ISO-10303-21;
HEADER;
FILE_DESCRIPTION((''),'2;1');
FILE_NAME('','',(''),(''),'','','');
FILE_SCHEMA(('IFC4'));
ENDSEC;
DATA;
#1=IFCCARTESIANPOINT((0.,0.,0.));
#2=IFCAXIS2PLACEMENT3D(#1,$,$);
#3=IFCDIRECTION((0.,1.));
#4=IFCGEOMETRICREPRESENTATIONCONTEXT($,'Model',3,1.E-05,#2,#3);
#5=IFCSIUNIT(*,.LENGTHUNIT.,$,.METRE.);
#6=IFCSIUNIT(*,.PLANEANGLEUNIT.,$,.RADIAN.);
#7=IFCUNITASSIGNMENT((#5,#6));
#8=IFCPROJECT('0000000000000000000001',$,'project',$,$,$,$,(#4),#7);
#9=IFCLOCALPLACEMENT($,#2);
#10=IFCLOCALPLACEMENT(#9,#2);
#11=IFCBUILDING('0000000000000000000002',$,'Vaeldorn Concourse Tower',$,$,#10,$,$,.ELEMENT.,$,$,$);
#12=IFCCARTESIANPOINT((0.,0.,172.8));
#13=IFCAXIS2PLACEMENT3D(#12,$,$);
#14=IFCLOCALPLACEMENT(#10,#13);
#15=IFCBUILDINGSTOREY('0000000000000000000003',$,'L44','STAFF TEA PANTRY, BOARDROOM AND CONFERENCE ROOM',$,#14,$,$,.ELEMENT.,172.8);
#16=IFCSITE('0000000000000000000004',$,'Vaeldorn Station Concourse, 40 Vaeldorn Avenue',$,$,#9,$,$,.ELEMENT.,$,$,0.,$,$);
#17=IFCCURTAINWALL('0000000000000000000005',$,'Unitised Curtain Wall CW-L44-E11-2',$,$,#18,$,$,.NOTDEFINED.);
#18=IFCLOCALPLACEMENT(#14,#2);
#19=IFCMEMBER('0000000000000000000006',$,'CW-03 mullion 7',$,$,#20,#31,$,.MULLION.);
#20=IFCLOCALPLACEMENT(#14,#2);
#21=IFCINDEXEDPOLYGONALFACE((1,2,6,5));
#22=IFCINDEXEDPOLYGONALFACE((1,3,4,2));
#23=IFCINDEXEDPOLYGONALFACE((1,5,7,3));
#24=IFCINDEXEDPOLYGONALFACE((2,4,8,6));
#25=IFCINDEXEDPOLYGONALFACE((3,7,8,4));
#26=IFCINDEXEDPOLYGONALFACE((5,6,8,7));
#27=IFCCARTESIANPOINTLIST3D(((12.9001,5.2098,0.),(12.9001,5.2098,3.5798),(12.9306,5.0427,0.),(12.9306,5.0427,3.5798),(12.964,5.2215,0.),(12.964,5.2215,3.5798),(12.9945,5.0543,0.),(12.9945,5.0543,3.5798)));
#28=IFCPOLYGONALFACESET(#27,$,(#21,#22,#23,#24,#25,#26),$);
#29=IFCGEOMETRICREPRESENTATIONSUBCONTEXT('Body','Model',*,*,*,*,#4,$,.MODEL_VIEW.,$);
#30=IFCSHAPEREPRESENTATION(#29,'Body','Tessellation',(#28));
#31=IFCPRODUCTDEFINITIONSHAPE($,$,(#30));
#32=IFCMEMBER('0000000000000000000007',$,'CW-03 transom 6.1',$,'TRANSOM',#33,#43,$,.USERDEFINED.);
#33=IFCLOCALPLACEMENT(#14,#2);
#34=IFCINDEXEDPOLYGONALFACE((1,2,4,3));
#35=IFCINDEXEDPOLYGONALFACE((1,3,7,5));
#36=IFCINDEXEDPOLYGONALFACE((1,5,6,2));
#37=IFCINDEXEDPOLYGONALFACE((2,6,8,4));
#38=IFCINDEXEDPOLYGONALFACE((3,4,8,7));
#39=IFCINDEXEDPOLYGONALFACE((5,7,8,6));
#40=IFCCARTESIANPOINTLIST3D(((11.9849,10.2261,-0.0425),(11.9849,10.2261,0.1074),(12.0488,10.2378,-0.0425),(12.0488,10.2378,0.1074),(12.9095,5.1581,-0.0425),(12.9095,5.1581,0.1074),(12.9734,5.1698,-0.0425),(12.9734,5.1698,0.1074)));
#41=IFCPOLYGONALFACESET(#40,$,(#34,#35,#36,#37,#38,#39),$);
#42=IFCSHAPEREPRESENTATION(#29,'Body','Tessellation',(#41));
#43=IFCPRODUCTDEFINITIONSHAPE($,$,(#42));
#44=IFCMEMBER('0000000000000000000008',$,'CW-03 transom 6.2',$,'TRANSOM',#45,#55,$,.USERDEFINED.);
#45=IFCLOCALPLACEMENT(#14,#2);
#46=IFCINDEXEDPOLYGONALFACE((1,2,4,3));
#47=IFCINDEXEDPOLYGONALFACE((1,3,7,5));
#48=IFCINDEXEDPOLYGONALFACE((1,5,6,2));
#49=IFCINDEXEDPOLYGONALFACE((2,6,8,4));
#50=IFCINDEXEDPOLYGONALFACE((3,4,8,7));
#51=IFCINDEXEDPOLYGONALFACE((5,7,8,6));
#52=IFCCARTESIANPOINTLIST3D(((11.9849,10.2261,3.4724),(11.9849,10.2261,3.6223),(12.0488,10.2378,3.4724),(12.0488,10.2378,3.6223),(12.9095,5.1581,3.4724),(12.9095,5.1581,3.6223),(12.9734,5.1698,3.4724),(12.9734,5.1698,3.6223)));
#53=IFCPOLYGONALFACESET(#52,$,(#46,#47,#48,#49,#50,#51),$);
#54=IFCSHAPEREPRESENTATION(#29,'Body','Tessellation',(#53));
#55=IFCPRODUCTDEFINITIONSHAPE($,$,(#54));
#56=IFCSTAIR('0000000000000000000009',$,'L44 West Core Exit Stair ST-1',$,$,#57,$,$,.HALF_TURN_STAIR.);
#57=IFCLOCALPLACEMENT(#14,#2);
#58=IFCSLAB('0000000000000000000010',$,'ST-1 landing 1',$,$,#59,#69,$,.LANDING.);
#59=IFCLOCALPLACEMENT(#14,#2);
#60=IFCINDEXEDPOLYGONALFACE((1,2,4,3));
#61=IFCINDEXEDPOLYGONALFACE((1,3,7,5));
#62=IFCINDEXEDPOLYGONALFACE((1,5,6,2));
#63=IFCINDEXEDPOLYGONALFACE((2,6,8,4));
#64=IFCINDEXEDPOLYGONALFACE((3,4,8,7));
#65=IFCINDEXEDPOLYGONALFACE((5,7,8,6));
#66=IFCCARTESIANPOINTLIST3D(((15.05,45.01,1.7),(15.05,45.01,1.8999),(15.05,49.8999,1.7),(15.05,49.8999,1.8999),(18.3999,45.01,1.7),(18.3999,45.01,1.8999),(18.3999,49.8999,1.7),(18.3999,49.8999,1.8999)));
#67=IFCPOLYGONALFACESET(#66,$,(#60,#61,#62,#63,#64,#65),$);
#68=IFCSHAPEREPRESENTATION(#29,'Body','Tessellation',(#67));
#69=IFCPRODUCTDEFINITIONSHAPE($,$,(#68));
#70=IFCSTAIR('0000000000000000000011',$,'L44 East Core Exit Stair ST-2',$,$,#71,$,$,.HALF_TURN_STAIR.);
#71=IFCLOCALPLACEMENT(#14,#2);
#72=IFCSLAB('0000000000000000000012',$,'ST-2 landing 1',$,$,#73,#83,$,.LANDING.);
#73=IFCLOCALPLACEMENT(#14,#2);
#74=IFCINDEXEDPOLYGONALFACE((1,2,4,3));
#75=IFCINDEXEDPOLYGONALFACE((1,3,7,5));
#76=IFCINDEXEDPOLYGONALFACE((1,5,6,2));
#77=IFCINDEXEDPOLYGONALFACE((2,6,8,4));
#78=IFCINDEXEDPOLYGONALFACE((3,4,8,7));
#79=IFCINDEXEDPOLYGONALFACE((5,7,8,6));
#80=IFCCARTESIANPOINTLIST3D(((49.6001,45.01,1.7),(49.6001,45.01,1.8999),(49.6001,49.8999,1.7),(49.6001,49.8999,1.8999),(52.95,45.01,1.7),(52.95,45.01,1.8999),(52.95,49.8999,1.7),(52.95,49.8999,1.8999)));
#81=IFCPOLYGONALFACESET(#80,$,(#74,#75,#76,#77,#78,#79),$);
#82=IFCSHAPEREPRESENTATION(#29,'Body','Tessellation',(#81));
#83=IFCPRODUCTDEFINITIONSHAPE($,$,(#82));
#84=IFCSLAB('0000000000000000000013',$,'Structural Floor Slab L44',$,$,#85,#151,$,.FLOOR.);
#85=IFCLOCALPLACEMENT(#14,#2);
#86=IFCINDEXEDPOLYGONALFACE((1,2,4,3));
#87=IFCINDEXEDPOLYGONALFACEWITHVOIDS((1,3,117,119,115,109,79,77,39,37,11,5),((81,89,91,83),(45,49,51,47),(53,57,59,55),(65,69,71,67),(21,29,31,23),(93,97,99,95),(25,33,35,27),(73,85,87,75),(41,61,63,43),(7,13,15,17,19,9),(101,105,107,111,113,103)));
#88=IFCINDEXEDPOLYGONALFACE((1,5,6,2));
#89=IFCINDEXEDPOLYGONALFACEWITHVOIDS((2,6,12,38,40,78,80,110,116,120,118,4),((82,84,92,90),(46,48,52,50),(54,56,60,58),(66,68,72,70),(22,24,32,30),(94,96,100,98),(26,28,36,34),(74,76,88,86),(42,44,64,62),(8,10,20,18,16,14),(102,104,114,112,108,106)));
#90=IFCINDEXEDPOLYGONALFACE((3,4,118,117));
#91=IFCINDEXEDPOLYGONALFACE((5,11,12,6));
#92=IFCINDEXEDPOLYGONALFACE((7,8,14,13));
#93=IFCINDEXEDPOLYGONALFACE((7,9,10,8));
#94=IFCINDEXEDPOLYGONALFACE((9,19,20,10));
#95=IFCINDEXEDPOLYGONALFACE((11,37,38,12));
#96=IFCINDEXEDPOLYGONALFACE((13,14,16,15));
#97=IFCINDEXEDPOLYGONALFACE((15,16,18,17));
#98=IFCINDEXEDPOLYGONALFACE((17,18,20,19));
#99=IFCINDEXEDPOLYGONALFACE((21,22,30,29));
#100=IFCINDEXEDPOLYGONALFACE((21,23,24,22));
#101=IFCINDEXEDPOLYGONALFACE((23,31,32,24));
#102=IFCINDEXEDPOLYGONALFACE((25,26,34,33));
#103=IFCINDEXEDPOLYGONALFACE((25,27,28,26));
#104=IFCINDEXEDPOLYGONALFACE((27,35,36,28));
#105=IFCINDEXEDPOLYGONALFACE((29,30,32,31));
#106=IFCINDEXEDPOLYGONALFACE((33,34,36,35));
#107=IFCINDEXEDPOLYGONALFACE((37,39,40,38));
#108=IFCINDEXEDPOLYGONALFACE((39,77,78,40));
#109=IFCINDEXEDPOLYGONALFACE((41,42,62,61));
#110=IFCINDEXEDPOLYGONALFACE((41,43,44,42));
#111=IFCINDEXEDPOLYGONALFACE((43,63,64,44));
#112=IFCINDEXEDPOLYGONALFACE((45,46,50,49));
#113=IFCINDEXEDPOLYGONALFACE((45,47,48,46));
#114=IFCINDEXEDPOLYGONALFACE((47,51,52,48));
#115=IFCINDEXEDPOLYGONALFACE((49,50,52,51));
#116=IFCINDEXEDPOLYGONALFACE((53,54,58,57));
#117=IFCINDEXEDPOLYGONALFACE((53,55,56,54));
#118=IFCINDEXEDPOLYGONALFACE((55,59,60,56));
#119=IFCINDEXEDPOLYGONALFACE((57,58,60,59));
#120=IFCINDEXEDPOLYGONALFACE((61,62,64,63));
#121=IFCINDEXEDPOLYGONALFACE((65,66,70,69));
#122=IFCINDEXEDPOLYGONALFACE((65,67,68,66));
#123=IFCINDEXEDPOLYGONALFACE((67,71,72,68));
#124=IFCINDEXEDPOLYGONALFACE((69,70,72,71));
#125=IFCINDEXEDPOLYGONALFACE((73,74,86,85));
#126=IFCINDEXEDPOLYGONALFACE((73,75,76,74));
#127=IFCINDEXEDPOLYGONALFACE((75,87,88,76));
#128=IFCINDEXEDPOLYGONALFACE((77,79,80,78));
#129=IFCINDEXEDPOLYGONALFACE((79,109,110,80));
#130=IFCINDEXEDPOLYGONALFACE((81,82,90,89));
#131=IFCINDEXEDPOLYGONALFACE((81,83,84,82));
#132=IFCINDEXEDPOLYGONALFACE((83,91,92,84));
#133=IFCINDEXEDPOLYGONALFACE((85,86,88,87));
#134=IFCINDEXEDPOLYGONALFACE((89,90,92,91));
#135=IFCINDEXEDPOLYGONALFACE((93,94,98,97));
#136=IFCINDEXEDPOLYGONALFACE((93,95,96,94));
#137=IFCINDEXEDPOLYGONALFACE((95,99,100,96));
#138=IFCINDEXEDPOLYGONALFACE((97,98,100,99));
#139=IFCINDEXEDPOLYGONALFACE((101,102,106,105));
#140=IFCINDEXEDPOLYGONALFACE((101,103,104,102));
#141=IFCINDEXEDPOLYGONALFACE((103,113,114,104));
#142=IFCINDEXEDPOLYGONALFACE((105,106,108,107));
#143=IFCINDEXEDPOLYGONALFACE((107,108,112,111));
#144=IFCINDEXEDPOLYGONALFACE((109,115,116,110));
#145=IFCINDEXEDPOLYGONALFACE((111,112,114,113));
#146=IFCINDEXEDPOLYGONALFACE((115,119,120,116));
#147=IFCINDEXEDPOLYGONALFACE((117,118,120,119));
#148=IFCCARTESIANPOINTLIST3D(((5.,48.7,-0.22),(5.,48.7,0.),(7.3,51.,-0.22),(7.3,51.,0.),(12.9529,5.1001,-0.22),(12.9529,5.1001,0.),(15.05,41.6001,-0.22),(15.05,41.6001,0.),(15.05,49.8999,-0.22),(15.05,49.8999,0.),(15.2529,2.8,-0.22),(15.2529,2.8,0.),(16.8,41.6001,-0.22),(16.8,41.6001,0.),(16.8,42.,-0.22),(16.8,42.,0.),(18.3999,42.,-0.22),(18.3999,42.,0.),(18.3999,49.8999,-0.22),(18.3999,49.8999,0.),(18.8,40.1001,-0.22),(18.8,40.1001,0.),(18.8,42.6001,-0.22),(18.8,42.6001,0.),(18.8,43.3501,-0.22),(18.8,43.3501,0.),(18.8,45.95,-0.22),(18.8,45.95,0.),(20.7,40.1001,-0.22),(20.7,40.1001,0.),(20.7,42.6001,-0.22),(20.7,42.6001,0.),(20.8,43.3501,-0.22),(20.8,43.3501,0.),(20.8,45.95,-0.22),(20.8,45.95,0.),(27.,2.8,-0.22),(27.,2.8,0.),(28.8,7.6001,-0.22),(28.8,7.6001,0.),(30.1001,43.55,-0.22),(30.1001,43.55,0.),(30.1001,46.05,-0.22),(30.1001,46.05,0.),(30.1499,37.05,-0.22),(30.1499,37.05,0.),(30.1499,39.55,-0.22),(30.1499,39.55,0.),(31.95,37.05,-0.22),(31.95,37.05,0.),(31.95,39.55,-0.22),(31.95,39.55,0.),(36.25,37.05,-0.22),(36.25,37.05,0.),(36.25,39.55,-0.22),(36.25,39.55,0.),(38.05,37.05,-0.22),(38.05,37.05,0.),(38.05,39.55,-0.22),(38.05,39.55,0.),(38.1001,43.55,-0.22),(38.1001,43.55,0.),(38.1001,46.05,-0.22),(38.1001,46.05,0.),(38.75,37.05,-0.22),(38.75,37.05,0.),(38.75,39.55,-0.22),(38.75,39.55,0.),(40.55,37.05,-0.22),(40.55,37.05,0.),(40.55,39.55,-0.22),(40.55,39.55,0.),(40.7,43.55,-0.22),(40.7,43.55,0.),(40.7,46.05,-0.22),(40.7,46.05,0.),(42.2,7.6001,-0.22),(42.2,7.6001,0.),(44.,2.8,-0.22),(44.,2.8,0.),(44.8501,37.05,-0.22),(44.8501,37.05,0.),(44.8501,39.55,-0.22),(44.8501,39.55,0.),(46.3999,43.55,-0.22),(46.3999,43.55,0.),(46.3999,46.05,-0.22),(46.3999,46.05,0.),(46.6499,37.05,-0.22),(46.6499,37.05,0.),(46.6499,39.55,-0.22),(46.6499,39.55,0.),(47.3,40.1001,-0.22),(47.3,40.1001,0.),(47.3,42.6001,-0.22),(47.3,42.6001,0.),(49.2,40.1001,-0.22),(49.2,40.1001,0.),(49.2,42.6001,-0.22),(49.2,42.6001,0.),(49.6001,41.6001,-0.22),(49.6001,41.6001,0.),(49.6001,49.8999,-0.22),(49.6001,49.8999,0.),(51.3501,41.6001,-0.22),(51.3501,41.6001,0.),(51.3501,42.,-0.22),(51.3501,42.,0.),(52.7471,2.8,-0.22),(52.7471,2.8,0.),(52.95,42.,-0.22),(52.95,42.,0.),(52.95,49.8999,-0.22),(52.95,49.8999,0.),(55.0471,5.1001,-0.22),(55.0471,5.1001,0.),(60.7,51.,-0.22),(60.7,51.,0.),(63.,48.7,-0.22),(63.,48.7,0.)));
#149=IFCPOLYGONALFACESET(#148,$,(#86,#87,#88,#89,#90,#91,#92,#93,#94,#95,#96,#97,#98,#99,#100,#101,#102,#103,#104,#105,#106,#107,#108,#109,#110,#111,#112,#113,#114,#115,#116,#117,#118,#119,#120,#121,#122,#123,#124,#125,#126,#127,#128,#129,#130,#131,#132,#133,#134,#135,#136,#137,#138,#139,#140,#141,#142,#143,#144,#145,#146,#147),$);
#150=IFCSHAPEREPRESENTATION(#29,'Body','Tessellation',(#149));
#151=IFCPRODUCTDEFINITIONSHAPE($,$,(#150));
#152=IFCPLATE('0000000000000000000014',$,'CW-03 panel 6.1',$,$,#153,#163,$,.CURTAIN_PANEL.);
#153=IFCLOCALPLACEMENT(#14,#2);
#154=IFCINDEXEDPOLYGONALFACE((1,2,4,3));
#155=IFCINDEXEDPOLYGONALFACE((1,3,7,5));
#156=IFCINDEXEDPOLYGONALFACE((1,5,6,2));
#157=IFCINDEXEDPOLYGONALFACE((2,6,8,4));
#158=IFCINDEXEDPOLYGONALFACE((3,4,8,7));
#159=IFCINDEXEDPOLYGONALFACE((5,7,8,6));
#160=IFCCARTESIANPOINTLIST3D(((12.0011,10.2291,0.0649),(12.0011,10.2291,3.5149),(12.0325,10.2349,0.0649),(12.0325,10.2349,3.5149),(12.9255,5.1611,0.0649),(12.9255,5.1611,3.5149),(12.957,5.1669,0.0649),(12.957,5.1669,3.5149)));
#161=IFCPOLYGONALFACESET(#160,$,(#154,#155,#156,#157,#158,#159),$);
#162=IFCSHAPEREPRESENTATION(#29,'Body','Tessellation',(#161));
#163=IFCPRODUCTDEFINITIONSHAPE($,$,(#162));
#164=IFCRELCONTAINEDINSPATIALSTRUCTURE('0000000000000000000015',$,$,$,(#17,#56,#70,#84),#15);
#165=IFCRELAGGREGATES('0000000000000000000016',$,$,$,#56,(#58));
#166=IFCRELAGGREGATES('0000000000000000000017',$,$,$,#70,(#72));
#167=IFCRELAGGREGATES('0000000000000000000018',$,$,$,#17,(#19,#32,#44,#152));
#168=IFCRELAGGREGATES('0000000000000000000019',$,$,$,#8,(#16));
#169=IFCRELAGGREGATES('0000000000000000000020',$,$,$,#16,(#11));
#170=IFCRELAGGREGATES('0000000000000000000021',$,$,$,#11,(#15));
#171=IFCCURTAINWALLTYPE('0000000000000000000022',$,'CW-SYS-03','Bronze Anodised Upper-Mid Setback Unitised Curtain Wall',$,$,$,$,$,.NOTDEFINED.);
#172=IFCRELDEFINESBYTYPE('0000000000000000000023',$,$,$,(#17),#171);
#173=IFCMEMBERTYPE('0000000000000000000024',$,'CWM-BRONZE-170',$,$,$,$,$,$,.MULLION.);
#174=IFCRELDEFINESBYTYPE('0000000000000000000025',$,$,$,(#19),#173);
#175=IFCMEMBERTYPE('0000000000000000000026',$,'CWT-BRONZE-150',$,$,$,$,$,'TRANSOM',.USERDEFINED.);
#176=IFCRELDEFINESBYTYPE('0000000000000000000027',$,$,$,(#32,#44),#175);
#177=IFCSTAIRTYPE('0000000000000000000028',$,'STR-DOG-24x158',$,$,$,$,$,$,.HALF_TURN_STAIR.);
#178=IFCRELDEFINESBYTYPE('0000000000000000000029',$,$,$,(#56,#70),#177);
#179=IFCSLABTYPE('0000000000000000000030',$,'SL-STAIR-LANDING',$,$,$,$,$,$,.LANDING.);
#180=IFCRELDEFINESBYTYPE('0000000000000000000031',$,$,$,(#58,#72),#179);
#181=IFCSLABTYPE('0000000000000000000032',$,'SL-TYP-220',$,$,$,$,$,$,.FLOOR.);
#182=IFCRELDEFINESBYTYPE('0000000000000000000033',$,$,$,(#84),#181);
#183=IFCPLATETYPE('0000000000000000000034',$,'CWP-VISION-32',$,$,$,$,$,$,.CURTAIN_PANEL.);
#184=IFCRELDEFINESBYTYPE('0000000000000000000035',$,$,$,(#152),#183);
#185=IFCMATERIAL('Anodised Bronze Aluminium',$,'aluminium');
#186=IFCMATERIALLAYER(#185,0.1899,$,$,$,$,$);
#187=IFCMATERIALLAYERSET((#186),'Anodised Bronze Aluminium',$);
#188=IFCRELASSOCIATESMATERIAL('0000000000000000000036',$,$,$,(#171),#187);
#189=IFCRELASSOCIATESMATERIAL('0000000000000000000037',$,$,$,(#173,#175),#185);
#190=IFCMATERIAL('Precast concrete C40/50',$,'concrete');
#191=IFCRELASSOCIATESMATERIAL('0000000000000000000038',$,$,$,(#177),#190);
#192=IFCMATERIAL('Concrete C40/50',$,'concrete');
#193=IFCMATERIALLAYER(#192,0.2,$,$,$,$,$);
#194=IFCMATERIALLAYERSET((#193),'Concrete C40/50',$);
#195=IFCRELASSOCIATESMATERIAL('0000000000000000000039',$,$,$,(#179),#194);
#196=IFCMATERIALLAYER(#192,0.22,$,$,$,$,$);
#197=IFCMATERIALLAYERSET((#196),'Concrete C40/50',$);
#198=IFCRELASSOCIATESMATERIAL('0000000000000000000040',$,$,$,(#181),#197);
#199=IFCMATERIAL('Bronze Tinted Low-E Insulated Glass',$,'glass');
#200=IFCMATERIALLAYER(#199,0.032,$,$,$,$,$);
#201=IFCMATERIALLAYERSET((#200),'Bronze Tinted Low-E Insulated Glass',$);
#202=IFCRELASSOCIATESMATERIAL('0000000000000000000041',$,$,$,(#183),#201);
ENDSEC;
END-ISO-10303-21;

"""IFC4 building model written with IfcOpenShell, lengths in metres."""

from ifc_helpers import new_model, si_unit, direction, frame, origin, origin_2d, place, context, subcontext, project, spatial, polyline, rectangle, outline, extrude, source, transform, mapped, material, layer, layer_set, material_profile, profile_set, type_object, element, aggregate, save


model = new_model("IFC4")

# Units and contexts
model_context = context("Model", 3, precision=1e-05, world=origin(), true_north=direction((0.0, 1.0)))
body_context = subcontext(model_context, "Body", "Model", "MODEL_VIEW")
ifc_project = project(units=[si_unit("LENGTHUNIT", "METRE"), si_unit("PLANEANGLEUNIT", "RADIAN")], contexts=[model_context])

# Site, building, storey
site_placement = place(None, origin())
site = spatial("IfcSite", under=ifc_project, at=site_placement, Name="Vaeldorn Station Concourse, 40 Vaeldorn Avenue", CompositionType="ELEMENT", RefElevation=0.0)
building_placement = place(site_placement, origin())
building = spatial("IfcBuilding", under=site, at=building_placement, Name="Vaeldorn Concourse Tower", CompositionType="ELEMENT")
storey_placement = place(building_placement, frame((0.0, 0.0, 172.8)))
storey = spatial("IfcBuildingStorey", under=building, at=storey_placement, Name="L44", Description="STAFF TEA PANTRY, BOARDROOM AND CONFERENCE ROOM", CompositionType="ELEMENT", Elevation=172.8)

# Curtain wall, members
ifc_material_1 = material(Name="Anodised Bronze Aluminium", Category="aluminium")
ifc_layer_1 = layer(ifc_material_1, 0.1899)
ifc_layer_set_1 = layer_set([ifc_layer_1], Name="Anodised Bronze Aluminium")
curtain_wall_type = type_object("IfcCurtainWallType", Name="CW-SYS-03", Description="Bronze Anodised Upper-Mid Setback Unitised Curtain Wall", PredefinedType="NOTDEFINED", material=ifc_layer_set_1)
curtain_wall_placement = place(storey_placement, origin())
curtain_wall = element("IfcCurtainWall", 1, at=curtain_wall_placement, inside=storey, type_object=curtain_wall_type, Name="Unitised Curtain Wall CW-L44-E11-2", PredefinedType="NOTDEFINED")
ifc_material_profile_1 = material_profile(ifc_material_1, rectangle(XDim=0.0649, YDim=0.1699, at=origin_2d()), Name="CWM 65x170")
ifc_profile_set_1 = profile_set([ifc_material_profile_1], Name="Anodised Bronze Aluminium")
member_type_1 = type_object("IfcMemberType", Name="CWM-BRONZE-170", PredefinedType="MULLION", material=ifc_profile_set_1)
shared_shape_1 = source(origin(), body_context, "Body", "SweptSolid", [
    extrude(rectangle(XDim=0.0649, YDim=0.1699, at=origin_2d()), origin(), (0.0, 0.0, 1.0), 3.5798),
])
member_1_placement = place(storey_placement, frame((12.9473, 5.1321, 0.0), z_axis=(0.0, 0.0, 1.0), x_axis=(0.983768, 0.179446, 0.0)))
member_1 = element("IfcMember", 2, at=member_1_placement, type_object=member_type_1, Name="CW-03 mullion 7", PredefinedType="MULLION", context=body_context, shape_type="MappedRepresentation", body=[
    mapped(shared_shape_1, transform((0.0, 0.0, 0.0), scale=1.0)),
])
ifc_material_profile_2 = material_profile(ifc_material_1, rectangle(XDim=0.0649, YDim=0.1499, at=origin_2d()), Name="CWT 65x150")
ifc_profile_set_2 = profile_set([ifc_material_profile_2], Name="Anodised Bronze Aluminium")
member_type_2 = type_object("IfcMemberType", Name="CWT-BRONZE-150", ElementType="TRANSOM", PredefinedType="USERDEFINED", material=ifc_profile_set_2)
shared_shape_2 = source(origin(), body_context, "Body", "SweptSolid", [
    extrude(rectangle(XDim=0.0649, YDim=0.1499, at=origin_2d()), origin(), (0.0, 0.0, 1.0), 5.1516),
])
member_2_placement = place(storey_placement, frame((12.0168, 10.2319, 0.0325), z_axis=(0.179473, -0.983763, 0.0), x_axis=(0.983763, 0.179473, 0.0)))
member_2 = element("IfcMember", 3, at=member_2_placement, type_object=member_type_2, Name="CW-03 transom 6.1", ObjectType="TRANSOM", PredefinedType="USERDEFINED", context=body_context, shape_type="MappedRepresentation", body=[
    mapped(shared_shape_2, transform((0.0, 0.0, 0.0), scale=1.0)),
])
member_3_placement = place(storey_placement, frame((12.0168, 10.2319, 3.5474), z_axis=(0.179473, -0.983763, 0.0), x_axis=(0.983763, 0.179473, 0.0)))
member_3 = element("IfcMember", 4, at=member_3_placement, type_object=member_type_2, Name="CW-03 transom 6.2", ObjectType="TRANSOM", PredefinedType="USERDEFINED", context=body_context, shape_type="MappedRepresentation", body=[
    mapped(shared_shape_2, transform((0.0, 0.0, 0.0), scale=1.0)),
])

# Stairs, slabs
ifc_material_2 = material(Name="Precast concrete C40/50", Category="concrete")
stair_type = type_object("IfcStairType", Name="STR-DOG-24x158", PredefinedType="HALF_TURN_STAIR", material=ifc_material_2)
stair_1_placement = place(storey_placement, origin())
stair_1 = element("IfcStair", 5, at=stair_1_placement, inside=storey, type_object=stair_type, Name="L44 West Core Exit Stair ST-1", PredefinedType="HALF_TURN_STAIR")
ifc_material_3 = material(Name="Concrete C40/50", Category="concrete")
ifc_layer_2 = layer(ifc_material_3, 0.2)
ifc_layer_set_2 = layer_set([ifc_layer_2], Name="Concrete C40/50")
slab_type_1 = type_object("IfcSlabType", Name="SL-STAIR-LANDING", PredefinedType="LANDING", material=ifc_layer_set_2)
slab_1_placement = place(storey_placement, frame((0.0, 0.0, 1.7)))
slab_1 = element("IfcSlab", 6, at=slab_1_placement, type_object=slab_type_1, Name="ST-1 landing 1", PredefinedType="LANDING", context=body_context, shape_type="SweptSolid", body=[
    extrude(outline(polyline([(18.3999, 45.01), (18.3999, 49.8999), (15.05, 49.8999), (15.05, 45.01), (18.3999, 45.01)])), origin(), (0.0, 0.0, 1.0), 0.2),
])
aggregate(stair_1, [slab_1])
stair_2_placement = place(storey_placement, origin())
stair_2 = element("IfcStair", 7, at=stair_2_placement, inside=storey, type_object=stair_type, Name="L44 East Core Exit Stair ST-2", PredefinedType="HALF_TURN_STAIR")
slab_2_placement = place(storey_placement, frame((0.0, 0.0, 1.7)))
slab_2 = element("IfcSlab", 8, at=slab_2_placement, type_object=slab_type_1, Name="ST-2 landing 1", PredefinedType="LANDING", context=body_context, shape_type="SweptSolid", body=[
    extrude(outline(polyline([(52.95, 45.01), (52.95, 49.8999), (49.6001, 49.8999), (49.6001, 45.01), (52.95, 45.01)])), origin(), (0.0, 0.0, 1.0), 0.2),
])
aggregate(stair_2, [slab_2])

# Slab
ifc_layer_3 = layer(ifc_material_3, 0.22)
ifc_layer_set_3 = layer_set([ifc_layer_3], Name="Concrete C40/50")
slab_type_2 = type_object("IfcSlabType", Name="SL-TYP-220", PredefinedType="FLOOR", material=ifc_layer_set_3)
slab_3_placement = place(storey_placement, frame((0.0, 0.0, -0.22)))
element("IfcSlab", 9, at=slab_3_placement, inside=storey, type_object=slab_type_2, Name="Structural Floor Slab L44", PredefinedType="FLOOR", context=body_context, shape_type="SweptSolid", body=[
    extrude(outline(polyline([(15.2529, 2.8), (27.0, 2.8), (28.8, 7.6001), (42.2, 7.6001), (44.0, 2.8), (52.7471, 2.8), (55.0471, 5.1001), (63.0, 48.7), (60.7, 51.0), (7.3, 51.0), (5.0, 48.7), (12.9529, 5.1001), (15.2529, 2.8)]), holes=[polyline([(18.3999, 42.0), (18.3999, 49.8999), (15.05, 49.8999), (15.05, 41.6001), (16.8, 41.6001), (16.8, 42.0), (18.3999, 42.0)]), polyline([(52.95, 42.0), (52.95, 49.8999), (49.6001, 49.8999), (49.6001, 41.6001), (51.3501, 41.6001), (51.3501, 42.0), (52.95, 42.0)]), polyline([(30.1499, 37.05), (31.95, 37.05), (31.95, 39.55), (30.1499, 39.55), (30.1499, 37.05)]), polyline([(36.25, 37.05), (38.05, 37.05), (38.05, 39.55), (36.25, 39.55), (36.25, 37.05)]), polyline([(30.1001, 43.55), (38.1001, 43.55), (38.1001, 46.05), (30.1001, 46.05), (30.1001, 43.55)]), polyline([(38.75, 37.05), (40.55, 37.05), (40.55, 39.55), (38.75, 39.55), (38.75, 37.05)]), polyline([(44.8501, 37.05), (46.6499, 37.05), (46.6499, 39.55), (44.8501, 39.55), (44.8501, 37.05)]), polyline([(40.7, 43.55), (46.3999, 43.55), (46.3999, 46.05), (40.7, 46.05), (40.7, 43.55)]), polyline([(18.8, 43.3501), (20.8, 43.3501), (20.8, 45.95), (18.8, 45.95), (18.8, 43.3501)]), polyline([(18.8, 40.1001), (20.7, 40.1001), (20.7, 42.6001), (18.8, 42.6001), (18.8, 40.1001)]), polyline([(47.3, 40.1001), (49.2, 40.1001), (49.2, 42.6001), (47.3, 42.6001), (47.3, 40.1001)])]), origin(), (0.0, 0.0, 1.0), 0.22),
])

# Plate
ifc_material_4 = material(Name="Bronze Tinted Low-E Insulated Glass", Category="glass")
ifc_layer_4 = layer(ifc_material_4, 0.032)
ifc_layer_set_4 = layer_set([ifc_layer_4], Name="Bronze Tinted Low-E Insulated Glass")
plate_type = type_object("IfcPlateType", Name="CWP-VISION-32", PredefinedType="CURTAIN_PANEL", material=ifc_layer_set_4)
shared_shape_3 = source(origin(), body_context, "Body", "SweptSolid", [
    extrude(rectangle(XDim=5.1516, YDim=0.032, at=origin_2d()), origin(), (0.0, 0.0, 1.0), 3.45),
])
plate_placement = place(storey_placement, frame((12.479, 7.698, 0.0649), z_axis=(0.0, 0.0, 1.0), x_axis=(0.179446, -0.983768, 0.0)))
plate = element("IfcPlate", 10, at=plate_placement, type_object=plate_type, Name="CW-03 panel 6.1", PredefinedType="CURTAIN_PANEL", context=body_context, shape_type="MappedRepresentation", body=[
    mapped(shared_shape_3, transform((0.0, 0.0, 0.0), scale=1.0)),
])
aggregate(curtain_wall, [member_1, member_2, member_3, plate])

save(model, "model.ifc")
